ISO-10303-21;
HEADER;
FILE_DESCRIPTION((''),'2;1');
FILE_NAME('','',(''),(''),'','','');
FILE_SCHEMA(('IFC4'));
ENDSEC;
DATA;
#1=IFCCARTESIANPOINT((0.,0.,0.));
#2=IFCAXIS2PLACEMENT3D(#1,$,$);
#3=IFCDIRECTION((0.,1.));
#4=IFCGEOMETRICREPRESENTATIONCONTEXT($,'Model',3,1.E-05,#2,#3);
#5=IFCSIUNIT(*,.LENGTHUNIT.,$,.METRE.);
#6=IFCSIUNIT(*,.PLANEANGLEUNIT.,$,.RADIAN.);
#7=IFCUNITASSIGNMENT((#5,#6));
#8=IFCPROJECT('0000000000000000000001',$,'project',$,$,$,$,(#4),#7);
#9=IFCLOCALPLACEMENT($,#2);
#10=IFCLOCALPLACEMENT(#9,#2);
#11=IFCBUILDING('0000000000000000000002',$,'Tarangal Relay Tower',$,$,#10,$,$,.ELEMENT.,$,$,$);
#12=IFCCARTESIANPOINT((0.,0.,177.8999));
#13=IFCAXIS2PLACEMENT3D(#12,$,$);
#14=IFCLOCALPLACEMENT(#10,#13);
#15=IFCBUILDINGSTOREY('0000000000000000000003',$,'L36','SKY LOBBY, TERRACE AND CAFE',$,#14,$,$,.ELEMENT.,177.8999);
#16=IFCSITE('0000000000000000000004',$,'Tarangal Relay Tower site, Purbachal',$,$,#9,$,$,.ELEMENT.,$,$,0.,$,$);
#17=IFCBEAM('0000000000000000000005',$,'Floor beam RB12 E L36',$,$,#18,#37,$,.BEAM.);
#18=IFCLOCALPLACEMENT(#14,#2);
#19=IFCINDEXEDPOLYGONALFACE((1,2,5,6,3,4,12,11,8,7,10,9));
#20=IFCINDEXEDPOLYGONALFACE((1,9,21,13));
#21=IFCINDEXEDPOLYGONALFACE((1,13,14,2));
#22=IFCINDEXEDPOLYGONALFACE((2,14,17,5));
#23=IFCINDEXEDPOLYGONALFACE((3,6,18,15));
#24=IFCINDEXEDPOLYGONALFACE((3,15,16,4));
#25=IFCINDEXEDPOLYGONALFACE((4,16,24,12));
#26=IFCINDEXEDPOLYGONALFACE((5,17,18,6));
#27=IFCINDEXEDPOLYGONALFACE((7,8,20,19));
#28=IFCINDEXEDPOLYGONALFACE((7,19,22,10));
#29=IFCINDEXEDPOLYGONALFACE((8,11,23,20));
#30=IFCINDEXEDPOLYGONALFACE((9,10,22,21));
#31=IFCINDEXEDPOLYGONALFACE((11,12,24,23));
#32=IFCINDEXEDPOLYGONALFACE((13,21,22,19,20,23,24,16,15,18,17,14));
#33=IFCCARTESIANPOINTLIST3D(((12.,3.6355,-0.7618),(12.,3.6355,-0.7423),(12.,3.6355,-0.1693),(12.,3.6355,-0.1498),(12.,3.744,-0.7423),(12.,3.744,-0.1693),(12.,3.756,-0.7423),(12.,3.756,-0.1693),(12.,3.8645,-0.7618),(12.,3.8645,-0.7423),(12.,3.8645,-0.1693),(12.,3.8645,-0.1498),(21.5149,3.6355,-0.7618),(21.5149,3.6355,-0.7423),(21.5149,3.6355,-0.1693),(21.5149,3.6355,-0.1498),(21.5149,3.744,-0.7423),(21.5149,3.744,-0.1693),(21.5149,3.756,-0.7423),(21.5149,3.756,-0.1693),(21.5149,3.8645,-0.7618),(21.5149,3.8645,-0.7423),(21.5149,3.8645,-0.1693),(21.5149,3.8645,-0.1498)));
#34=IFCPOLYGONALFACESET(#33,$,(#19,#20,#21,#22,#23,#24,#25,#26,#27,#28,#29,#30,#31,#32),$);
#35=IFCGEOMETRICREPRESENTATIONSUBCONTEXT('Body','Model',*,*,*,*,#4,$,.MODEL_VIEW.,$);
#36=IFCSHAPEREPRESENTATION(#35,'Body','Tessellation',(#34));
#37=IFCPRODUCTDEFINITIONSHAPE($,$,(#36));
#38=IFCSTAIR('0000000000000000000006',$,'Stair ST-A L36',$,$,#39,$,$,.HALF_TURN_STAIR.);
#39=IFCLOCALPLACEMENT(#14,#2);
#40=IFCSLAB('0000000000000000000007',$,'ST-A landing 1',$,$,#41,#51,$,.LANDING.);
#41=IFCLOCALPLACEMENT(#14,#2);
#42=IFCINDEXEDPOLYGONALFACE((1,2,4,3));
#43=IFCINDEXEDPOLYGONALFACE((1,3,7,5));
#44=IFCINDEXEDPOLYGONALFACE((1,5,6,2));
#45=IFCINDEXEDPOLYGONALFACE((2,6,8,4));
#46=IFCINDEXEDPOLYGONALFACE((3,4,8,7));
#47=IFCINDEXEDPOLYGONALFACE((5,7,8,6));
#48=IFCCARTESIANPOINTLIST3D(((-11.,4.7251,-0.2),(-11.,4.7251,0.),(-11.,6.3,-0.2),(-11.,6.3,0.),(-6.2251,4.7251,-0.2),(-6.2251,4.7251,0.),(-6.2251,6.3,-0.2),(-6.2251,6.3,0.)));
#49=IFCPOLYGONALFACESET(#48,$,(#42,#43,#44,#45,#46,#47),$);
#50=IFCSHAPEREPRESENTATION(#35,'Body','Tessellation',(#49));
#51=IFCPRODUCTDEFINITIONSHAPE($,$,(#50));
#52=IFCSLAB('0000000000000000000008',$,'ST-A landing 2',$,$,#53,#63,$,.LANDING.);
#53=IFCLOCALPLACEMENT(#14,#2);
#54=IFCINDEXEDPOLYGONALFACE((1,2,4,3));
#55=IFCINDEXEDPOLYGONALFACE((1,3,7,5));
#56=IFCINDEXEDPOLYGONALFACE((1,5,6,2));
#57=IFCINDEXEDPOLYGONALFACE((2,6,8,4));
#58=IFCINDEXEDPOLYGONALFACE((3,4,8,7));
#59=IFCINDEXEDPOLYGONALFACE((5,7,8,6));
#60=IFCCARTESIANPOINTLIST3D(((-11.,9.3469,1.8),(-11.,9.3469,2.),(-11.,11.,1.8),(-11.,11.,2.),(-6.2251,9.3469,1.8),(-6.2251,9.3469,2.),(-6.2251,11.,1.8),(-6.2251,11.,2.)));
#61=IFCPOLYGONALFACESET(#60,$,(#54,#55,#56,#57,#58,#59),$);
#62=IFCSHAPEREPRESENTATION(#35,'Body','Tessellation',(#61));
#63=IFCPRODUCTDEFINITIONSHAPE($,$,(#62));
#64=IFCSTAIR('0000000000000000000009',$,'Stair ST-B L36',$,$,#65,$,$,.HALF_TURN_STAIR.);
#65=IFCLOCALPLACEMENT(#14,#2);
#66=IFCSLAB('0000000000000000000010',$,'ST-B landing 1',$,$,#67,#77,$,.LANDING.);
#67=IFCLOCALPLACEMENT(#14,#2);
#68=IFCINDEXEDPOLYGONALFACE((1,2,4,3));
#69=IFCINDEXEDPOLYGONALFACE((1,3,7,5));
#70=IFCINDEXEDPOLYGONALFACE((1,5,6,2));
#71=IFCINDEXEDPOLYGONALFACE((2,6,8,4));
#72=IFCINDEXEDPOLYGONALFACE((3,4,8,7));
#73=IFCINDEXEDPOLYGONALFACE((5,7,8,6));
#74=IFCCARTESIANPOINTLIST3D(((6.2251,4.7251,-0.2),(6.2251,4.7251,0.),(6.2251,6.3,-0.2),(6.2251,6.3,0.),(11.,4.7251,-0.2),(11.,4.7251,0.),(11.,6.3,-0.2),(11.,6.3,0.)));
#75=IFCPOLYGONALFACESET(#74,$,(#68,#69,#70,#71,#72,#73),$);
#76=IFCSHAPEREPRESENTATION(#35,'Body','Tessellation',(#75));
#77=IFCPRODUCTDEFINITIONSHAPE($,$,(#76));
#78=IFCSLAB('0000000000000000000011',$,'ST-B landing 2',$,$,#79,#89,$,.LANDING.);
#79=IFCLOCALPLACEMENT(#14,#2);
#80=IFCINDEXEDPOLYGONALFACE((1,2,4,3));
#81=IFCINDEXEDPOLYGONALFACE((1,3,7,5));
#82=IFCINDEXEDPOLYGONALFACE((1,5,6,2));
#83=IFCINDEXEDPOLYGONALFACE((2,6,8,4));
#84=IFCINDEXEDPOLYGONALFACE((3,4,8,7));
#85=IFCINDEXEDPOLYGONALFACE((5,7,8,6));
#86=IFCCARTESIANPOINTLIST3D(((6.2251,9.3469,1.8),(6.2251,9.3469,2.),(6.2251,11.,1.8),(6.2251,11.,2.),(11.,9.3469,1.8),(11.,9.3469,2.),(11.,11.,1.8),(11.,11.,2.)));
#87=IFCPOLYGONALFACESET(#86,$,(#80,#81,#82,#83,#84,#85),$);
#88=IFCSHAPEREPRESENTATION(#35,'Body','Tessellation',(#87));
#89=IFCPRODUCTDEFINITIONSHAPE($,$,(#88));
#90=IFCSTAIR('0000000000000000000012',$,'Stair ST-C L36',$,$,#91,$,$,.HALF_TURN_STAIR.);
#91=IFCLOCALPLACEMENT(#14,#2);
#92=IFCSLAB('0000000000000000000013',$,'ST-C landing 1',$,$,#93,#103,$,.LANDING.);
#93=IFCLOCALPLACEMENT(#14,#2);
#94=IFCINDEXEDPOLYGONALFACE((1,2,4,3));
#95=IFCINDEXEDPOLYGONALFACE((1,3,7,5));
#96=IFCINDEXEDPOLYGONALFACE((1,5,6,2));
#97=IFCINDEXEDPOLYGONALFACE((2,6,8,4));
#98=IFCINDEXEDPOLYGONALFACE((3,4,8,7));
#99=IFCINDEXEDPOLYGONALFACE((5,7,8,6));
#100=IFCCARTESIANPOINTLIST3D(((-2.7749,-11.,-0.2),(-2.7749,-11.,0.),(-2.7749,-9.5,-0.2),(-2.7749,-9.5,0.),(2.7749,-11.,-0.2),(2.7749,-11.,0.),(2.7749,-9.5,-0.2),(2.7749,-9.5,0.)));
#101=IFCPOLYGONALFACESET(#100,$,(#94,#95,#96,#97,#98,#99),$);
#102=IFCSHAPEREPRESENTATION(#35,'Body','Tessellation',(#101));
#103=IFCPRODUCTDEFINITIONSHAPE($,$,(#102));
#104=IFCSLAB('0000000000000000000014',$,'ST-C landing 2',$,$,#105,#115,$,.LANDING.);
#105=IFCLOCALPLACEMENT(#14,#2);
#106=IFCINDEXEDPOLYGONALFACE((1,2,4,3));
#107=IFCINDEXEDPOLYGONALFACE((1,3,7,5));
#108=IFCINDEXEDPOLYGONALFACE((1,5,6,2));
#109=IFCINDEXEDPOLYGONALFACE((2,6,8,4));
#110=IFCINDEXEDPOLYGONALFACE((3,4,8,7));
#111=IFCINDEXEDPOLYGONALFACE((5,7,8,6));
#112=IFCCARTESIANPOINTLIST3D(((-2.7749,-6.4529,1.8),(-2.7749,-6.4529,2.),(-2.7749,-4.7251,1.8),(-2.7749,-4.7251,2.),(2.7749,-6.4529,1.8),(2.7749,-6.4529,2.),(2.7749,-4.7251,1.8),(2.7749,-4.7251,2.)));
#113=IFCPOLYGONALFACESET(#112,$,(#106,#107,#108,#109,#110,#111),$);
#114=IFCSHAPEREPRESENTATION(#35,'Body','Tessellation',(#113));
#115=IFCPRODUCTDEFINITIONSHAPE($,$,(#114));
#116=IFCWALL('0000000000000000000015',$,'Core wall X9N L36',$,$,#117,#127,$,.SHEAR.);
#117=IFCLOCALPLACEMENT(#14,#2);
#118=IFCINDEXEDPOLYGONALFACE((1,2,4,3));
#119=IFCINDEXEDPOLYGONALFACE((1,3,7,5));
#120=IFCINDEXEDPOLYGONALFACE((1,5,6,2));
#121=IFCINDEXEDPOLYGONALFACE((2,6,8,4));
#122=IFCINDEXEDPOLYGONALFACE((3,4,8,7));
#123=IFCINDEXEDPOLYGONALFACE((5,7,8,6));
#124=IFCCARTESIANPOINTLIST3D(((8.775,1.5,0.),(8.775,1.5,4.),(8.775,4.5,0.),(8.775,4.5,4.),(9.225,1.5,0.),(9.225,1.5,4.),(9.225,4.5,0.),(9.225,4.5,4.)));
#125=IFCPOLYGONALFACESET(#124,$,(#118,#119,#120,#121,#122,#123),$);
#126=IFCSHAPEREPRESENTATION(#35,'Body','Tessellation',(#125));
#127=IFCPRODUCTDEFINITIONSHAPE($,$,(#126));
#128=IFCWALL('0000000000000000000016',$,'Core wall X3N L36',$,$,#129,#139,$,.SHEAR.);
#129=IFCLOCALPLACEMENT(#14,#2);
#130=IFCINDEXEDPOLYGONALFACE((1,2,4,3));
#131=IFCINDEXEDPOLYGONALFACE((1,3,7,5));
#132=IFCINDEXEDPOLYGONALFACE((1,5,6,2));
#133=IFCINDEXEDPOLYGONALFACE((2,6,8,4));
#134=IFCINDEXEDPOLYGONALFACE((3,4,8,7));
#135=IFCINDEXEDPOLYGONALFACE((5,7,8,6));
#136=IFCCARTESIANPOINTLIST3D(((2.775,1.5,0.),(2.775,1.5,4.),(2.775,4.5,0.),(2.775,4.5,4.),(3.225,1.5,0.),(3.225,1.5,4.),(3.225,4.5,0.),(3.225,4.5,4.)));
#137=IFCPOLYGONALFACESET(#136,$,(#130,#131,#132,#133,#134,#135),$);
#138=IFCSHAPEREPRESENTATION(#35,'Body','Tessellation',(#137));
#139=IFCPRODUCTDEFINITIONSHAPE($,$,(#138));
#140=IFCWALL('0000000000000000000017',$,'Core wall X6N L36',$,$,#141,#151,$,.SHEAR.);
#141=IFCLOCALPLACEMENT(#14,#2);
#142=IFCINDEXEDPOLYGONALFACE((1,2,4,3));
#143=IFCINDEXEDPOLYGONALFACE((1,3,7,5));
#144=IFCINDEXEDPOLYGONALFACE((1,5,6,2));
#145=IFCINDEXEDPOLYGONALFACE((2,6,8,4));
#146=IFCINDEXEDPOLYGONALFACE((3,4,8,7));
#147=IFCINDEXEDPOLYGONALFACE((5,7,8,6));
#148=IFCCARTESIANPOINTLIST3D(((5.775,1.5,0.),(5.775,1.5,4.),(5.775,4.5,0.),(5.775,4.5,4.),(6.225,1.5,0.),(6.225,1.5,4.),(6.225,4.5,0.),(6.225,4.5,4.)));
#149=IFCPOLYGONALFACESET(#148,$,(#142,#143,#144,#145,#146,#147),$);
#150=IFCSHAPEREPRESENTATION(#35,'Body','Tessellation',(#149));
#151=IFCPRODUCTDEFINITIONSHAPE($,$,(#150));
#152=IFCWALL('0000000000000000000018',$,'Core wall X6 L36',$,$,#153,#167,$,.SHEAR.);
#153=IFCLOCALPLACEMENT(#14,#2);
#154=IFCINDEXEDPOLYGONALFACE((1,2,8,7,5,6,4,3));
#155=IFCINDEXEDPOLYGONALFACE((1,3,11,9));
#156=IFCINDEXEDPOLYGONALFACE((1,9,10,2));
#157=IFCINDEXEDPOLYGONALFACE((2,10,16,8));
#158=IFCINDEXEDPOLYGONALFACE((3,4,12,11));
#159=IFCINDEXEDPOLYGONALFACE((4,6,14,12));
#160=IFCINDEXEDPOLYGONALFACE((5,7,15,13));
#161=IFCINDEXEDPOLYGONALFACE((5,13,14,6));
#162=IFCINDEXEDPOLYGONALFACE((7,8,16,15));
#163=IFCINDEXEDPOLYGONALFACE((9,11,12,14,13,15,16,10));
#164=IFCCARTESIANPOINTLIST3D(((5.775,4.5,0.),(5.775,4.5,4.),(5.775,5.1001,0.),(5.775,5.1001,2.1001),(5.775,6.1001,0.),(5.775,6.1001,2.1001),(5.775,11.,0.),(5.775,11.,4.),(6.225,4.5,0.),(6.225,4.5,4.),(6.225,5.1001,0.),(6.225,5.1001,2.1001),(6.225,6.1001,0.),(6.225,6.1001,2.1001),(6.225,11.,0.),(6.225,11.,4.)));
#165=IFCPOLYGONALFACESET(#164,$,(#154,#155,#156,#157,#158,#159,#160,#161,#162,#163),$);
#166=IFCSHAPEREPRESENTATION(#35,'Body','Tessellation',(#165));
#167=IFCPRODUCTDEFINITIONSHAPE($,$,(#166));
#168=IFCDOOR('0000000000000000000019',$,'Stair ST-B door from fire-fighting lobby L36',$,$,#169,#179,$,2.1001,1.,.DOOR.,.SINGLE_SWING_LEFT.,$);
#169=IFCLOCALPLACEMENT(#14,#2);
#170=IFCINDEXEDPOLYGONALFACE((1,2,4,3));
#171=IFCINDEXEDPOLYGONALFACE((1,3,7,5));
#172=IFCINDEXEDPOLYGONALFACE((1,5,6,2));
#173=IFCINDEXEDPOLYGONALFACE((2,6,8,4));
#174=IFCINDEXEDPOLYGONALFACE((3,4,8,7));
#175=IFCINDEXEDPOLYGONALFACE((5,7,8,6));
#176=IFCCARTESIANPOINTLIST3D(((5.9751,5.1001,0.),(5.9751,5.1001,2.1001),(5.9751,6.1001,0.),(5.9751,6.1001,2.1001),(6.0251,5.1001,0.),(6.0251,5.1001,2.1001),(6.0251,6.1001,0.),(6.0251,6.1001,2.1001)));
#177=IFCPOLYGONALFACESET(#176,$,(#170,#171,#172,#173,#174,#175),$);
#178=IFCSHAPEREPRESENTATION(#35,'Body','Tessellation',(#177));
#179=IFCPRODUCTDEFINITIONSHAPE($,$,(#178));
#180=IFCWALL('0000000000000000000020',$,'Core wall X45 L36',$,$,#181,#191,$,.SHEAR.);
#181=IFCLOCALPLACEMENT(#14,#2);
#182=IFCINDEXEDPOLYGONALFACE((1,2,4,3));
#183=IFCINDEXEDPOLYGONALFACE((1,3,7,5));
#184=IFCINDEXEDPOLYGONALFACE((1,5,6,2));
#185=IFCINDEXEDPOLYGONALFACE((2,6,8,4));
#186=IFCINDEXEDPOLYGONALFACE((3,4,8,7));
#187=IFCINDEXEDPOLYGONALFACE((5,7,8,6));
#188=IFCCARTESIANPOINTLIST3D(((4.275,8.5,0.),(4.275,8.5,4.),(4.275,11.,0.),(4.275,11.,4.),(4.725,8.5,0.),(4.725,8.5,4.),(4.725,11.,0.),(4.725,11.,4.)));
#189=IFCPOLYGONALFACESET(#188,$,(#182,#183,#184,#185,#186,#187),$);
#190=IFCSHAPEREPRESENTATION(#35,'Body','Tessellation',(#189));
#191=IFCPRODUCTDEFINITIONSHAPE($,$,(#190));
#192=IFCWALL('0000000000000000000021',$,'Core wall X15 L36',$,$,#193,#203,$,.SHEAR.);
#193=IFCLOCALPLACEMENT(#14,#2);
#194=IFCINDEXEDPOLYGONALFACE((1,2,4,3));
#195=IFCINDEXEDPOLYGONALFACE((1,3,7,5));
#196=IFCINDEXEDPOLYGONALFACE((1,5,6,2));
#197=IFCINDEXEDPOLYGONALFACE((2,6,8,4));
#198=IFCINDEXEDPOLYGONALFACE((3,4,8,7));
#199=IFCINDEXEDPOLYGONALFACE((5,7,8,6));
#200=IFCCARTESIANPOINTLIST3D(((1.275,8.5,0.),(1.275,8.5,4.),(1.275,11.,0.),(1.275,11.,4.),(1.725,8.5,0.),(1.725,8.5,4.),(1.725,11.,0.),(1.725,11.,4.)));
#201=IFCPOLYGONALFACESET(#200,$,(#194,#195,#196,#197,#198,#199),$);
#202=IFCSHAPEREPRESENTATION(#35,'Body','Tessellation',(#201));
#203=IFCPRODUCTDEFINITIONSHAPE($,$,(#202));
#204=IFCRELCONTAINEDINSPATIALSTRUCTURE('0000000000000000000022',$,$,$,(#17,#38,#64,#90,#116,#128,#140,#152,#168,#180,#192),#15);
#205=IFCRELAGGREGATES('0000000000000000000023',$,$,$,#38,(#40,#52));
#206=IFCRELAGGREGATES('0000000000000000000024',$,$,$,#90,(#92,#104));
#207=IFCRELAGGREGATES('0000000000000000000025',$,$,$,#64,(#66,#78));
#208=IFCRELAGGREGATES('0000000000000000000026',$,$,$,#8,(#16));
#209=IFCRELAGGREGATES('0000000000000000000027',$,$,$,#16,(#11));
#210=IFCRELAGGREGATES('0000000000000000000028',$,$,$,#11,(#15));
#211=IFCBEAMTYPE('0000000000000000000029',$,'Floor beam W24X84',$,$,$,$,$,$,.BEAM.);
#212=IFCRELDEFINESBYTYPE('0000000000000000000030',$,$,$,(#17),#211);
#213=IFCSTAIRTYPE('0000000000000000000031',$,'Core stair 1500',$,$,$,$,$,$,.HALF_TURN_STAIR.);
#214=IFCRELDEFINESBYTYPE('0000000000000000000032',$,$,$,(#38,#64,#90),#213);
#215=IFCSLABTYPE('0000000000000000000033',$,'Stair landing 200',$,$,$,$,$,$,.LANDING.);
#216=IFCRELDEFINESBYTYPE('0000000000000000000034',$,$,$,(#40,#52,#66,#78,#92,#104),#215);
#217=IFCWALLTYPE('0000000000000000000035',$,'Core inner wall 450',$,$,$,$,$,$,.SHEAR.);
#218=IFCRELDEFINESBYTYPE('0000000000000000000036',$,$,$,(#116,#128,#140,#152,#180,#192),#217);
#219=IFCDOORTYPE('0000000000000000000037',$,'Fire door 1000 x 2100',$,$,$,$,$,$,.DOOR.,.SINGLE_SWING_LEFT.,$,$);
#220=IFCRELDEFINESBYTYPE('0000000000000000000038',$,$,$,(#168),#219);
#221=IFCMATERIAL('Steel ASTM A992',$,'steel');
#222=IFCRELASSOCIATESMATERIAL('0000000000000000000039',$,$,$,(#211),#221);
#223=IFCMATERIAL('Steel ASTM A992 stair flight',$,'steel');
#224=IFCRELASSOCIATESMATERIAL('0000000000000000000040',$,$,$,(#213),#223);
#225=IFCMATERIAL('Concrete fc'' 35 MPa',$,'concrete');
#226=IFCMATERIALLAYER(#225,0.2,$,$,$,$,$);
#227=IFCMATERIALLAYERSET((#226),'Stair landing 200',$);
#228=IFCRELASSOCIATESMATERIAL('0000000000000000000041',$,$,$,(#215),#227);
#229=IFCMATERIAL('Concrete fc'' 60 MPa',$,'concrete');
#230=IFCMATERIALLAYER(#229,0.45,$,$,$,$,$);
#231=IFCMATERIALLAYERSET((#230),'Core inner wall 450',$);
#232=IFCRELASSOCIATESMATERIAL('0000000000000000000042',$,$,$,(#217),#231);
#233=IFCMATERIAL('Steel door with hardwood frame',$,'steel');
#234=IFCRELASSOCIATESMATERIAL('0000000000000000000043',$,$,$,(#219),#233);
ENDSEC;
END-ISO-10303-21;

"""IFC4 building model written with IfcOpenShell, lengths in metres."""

from ifc_helpers import new_model, si_unit, direction, frame, frame_2d, origin, origin_2d, place, context, subcontext, project, spatial, polyline, rectangle, i_section, outline, extrude, material, layer, layer_set, material_profile, profile_set, type_object, element, fill, aggregate, save


model = new_model("IFC4")

# Units and contexts
model_context = context("Model", 3, precision=1e-05, world=origin(), true_north=direction((0.0, 1.0)))
body_context = subcontext(model_context, "Body", "Model", "MODEL_VIEW")
ifc_project = project(units=[si_unit("LENGTHUNIT", "METRE"), si_unit("PLANEANGLEUNIT", "RADIAN")], contexts=[model_context])

# Site, building, storey
site_placement = place(None, origin())
site = spatial("IfcSite", under=ifc_project, at=site_placement, Name="Tarangal Relay Tower site, Purbachal", CompositionType="ELEMENT", RefElevation=0.0)
building_placement = place(site_placement, origin())
building = spatial("IfcBuilding", under=site, at=building_placement, Name="Tarangal Relay Tower", CompositionType="ELEMENT")
storey_placement = place(building_placement, frame((0.0, 0.0, 177.8999)))
storey = spatial("IfcBuildingStorey", under=building, at=storey_placement, Name="L36", Description="SKY LOBBY, TERRACE AND CAFE", CompositionType="ELEMENT", Elevation=177.8999)

# Beam
ifc_material_1 = material(Name="Steel ASTM A992", Category="steel")
ifc_material_profile = material_profile(ifc_material_1, i_section(OverallWidth=0.229, OverallDepth=0.6121, WebThickness=0.012, FlangeThickness=0.0195, at=origin_2d()), Name="W24X84")
ifc_profile_set = profile_set([ifc_material_profile], Name="Steel ASTM A992")
beam_type = type_object("IfcBeamType", Name="Floor beam W24X84", PredefinedType="BEAM", material=ifc_profile_set)
beam_placement = place(storey_placement, frame((12.0, 3.75, -0.4558), z_axis=(1.0, 0.0, 0.0), x_axis=(0.0, 1.0, 0.0)))
element("IfcBeam", 1, at=beam_placement, inside=storey, type_object=beam_type, Name="Floor beam RB12 E L36", PredefinedType="BEAM", context=body_context, shape_type="SweptSolid", body=[
    extrude(i_section(OverallWidth=0.229, OverallDepth=0.6121, WebThickness=0.012, FlangeThickness=0.0195, at=origin_2d()), origin(), (0.0, 0.0, 1.0), 9.5149),
])

# Stairs, slabs
ifc_material_2 = material(Name="Steel ASTM A992 stair flight", Category="steel")
stair_type = type_object("IfcStairType", Name="Core stair 1500", PredefinedType="HALF_TURN_STAIR", material=ifc_material_2)
stair_1_placement = place(storey_placement, origin())
stair_1 = element("IfcStair", 2, at=stair_1_placement, inside=storey, type_object=stair_type, Name="Stair ST-A L36", PredefinedType="HALF_TURN_STAIR")
ifc_material_3 = material(Name="Concrete fc' 35 MPa", Category="concrete")
ifc_layer_1 = layer(ifc_material_3, 0.2)
ifc_layer_set_1 = layer_set([ifc_layer_1], Name="Stair landing 200")
slab_type = type_object("IfcSlabType", Name="Stair landing 200", PredefinedType="LANDING", material=ifc_layer_set_1)
slab_1_placement = place(storey_placement, frame((0.0, 0.0, -0.2)))
slab_1 = element("IfcSlab", 3, at=slab_1_placement, type_object=slab_type, Name="ST-A landing 1", PredefinedType="LANDING", context=body_context, shape_type="SweptSolid", body=[
    extrude(outline(polyline([(-11.0, 4.7251), (-6.2251, 4.7251), (-6.2251, 6.3), (-11.0, 6.3), (-11.0, 4.7251)])), origin(), (0.0, 0.0, 1.0), 0.2),
])
slab_2_placement = place(storey_placement, frame((0.0, 0.0, 1.8)))
slab_2 = element("IfcSlab", 4, at=slab_2_placement, type_object=slab_type, Name="ST-A landing 2", PredefinedType="LANDING", context=body_context, shape_type="SweptSolid", body=[
    extrude(outline(polyline([(-11.0, 9.3469), (-6.2251, 9.3469), (-6.2251, 11.0), (-11.0, 11.0), (-11.0, 9.3469)])), origin(), (0.0, 0.0, 1.0), 0.2),
])
aggregate(stair_1, [slab_1, slab_2])
stair_2_placement = place(storey_placement, origin())
stair_2 = element("IfcStair", 5, at=stair_2_placement, inside=storey, type_object=stair_type, Name="Stair ST-B L36", PredefinedType="HALF_TURN_STAIR")
slab_3_placement = place(storey_placement, frame((0.0, 0.0, -0.2)))
slab_3 = element("IfcSlab", 6, at=slab_3_placement, type_object=slab_type, Name="ST-B landing 1", PredefinedType="LANDING", context=body_context, shape_type="SweptSolid", body=[
    extrude(outline(polyline([(6.2251, 4.7251), (11.0, 4.7251), (11.0, 6.3), (6.2251, 6.3), (6.2251, 4.7251)])), origin(), (0.0, 0.0, 1.0), 0.2),
])
slab_4_placement = place(storey_placement, frame((0.0, 0.0, 1.8)))
slab_4 = element("IfcSlab", 7, at=slab_4_placement, type_object=slab_type, Name="ST-B landing 2", PredefinedType="LANDING", context=body_context, shape_type="SweptSolid", body=[
    extrude(outline(polyline([(6.2251, 9.3469), (11.0, 9.3469), (11.0, 11.0), (6.2251, 11.0), (6.2251, 9.3469)])), origin(), (0.0, 0.0, 1.0), 0.2),
])
stair_3_placement = place(storey_placement, origin())
stair_3 = element("IfcStair", 8, at=stair_3_placement, inside=storey, type_object=stair_type, Name="Stair ST-C L36", PredefinedType="HALF_TURN_STAIR")
slab_5_placement = place(storey_placement, frame((0.0, 0.0, -0.2)))
slab_5 = element("IfcSlab", 9, at=slab_5_placement, type_object=slab_type, Name="ST-C landing 1", PredefinedType="LANDING", context=body_context, shape_type="SweptSolid", body=[
    extrude(outline(polyline([(-2.7749, -11.0), (2.7749, -11.0), (2.7749, -9.5), (-2.7749, -9.5), (-2.7749, -11.0)])), origin(), (0.0, 0.0, 1.0), 0.2),
])
slab_6_placement = place(storey_placement, frame((0.0, 0.0, 1.8)))
slab_6 = element("IfcSlab", 10, at=slab_6_placement, type_object=slab_type, Name="ST-C landing 2", PredefinedType="LANDING", context=body_context, shape_type="SweptSolid", body=[
    extrude(outline(polyline([(-2.7749, -6.4529), (2.7749, -6.4529), (2.7749, -4.7251), (-2.7749, -4.7251), (-2.7749, -6.4529)])), origin(), (0.0, 0.0, 1.0), 0.2),
])
aggregate(stair_3, [slab_5, slab_6])

# Walls
ifc_material_4 = material(Name="Concrete fc' 60 MPa", Category="concrete")
ifc_layer_2 = layer(ifc_material_4, 0.45)
ifc_layer_set_2 = layer_set([ifc_layer_2], Name="Core inner wall 450")
wall_type_1 = type_object("IfcWallType", Name="Core inner wall 450", PredefinedType="SHEAR", material=ifc_layer_set_2)
for number, where, z_axis, x_axis, name in (
    (11, (9.0, 1.5, 0.0), (0.0, 0.0, 1.0), (0.0, 1.0, 0.0), "Core wall X9N L36"),
    (12, (3.0, 1.5, 0.0), (0.0, 0.0, 1.0), (0.0, 1.0, 0.0), "Core wall X3N L36"),
    (13, (6.0, 1.5, 0.0), (0.0, 0.0, 1.0), (0.0, 1.0, 0.0), "Core wall X6N L36"),
):
    element("IfcWall", number, at=place(storey_placement, frame(where, z_axis=z_axis, x_axis=x_axis)), inside=storey, type_object=wall_type_1, Name=name, PredefinedType="SHEAR", context=body_context, shape_type="SweptSolid", body=[
        extrude(rectangle(XDim=3.0, YDim=0.45, at=frame_2d((1.5, 0.0))), origin(), (0.0, 0.0, 1.0), 4.0),
    ])

# Wall, opening, door
wall_1_placement = place(storey_placement, frame((6.0, 4.5, 0.0), z_axis=(0.0, 0.0, 1.0), x_axis=(0.0, 1.0, 0.0)))
wall_1 = element("IfcWall", 14, at=wall_1_placement, inside=storey, type_object=wall_type_1, Name="Core wall X6 L36", PredefinedType="SHEAR", context=body_context, shape_type="SweptSolid", body=[
    extrude(rectangle(XDim=6.5, YDim=0.45, at=frame_2d((3.25, 0.0))), origin(), (0.0, 0.0, 1.0), 4.0),
])
opening_1_placement = place(wall_1_placement, frame((0.6001, 0.0, 0.0)))
opening_1 = element("IfcOpeningElement", 15, at=opening_1_placement, cuts=wall_1, PredefinedType="OPENING", context=body_context, shape_type="SweptSolid", body=[
    extrude(rectangle(XDim=1.0, YDim=2.1001, at=frame_2d((0.5, 1.05))), frame((0.0, 0.2349, 0.0), z_axis=(0.0, -1.0, 0.0), x_axis=(1.0, 0.0, 0.0)), (0.0, 0.0, 1.0), 0.47),
])
ifc_material_5 = material(Name="Steel door with hardwood frame", Category="steel")
door_type_1 = type_object("IfcDoorType", Name="Fire door 1000 x 2100", OperationType="SINGLE_SWING_LEFT", PredefinedType="DOOR", material=ifc_material_5)
door_1_placement = place(opening_1_placement, origin())
door_1 = element("IfcDoor", 16, at=door_1_placement, inside=storey, type_object=door_type_1, Name="Stair ST-B door from fire-fighting lobby L36", OperationType="SINGLE_SWING_LEFT", OverallHeight=2.1001, OverallWidth=1.0, PredefinedType="DOOR", context=body_context, shape_type="SweptSolid", body=[
    extrude(rectangle(XDim=1.0, YDim=2.1001, at=frame_2d((0.5, 1.05))), frame((0.0, 0.0249, 0.0), z_axis=(0.0, -1.0, 0.0), x_axis=(1.0, 0.0, 0.0)), (0.0, 0.0, 1.0), 0.05),
])
fill(opening_1, door_1)

# Walls
for number, where, z_axis, x_axis, name in (
    (17, (4.5, 8.5, 0.0), (0.0, 0.0, 1.0), (0.0, 1.0, 0.0), "Core wall X45 L36"),
    (18, (1.5, 8.5, 0.0), (0.0, 0.0, 1.0), (0.0, 1.0, 0.0), "Core wall X15 L36"),
):
    element("IfcWall", number, at=place(storey_placement, frame(where, z_axis=z_axis, x_axis=x_axis)), inside=storey, type_object=wall_type_1, Name=name, PredefinedType="SHEAR", context=body_context, shape_type="SweptSolid", body=[
        extrude(rectangle(XDim=2.5, YDim=0.45, at=frame_2d((1.25, 0.0))), origin(), (0.0, 0.0, 1.0), 4.0),
    ])

aggregate(stair_2, [slab_3, slab_4])

save(model, "model.ifc")
